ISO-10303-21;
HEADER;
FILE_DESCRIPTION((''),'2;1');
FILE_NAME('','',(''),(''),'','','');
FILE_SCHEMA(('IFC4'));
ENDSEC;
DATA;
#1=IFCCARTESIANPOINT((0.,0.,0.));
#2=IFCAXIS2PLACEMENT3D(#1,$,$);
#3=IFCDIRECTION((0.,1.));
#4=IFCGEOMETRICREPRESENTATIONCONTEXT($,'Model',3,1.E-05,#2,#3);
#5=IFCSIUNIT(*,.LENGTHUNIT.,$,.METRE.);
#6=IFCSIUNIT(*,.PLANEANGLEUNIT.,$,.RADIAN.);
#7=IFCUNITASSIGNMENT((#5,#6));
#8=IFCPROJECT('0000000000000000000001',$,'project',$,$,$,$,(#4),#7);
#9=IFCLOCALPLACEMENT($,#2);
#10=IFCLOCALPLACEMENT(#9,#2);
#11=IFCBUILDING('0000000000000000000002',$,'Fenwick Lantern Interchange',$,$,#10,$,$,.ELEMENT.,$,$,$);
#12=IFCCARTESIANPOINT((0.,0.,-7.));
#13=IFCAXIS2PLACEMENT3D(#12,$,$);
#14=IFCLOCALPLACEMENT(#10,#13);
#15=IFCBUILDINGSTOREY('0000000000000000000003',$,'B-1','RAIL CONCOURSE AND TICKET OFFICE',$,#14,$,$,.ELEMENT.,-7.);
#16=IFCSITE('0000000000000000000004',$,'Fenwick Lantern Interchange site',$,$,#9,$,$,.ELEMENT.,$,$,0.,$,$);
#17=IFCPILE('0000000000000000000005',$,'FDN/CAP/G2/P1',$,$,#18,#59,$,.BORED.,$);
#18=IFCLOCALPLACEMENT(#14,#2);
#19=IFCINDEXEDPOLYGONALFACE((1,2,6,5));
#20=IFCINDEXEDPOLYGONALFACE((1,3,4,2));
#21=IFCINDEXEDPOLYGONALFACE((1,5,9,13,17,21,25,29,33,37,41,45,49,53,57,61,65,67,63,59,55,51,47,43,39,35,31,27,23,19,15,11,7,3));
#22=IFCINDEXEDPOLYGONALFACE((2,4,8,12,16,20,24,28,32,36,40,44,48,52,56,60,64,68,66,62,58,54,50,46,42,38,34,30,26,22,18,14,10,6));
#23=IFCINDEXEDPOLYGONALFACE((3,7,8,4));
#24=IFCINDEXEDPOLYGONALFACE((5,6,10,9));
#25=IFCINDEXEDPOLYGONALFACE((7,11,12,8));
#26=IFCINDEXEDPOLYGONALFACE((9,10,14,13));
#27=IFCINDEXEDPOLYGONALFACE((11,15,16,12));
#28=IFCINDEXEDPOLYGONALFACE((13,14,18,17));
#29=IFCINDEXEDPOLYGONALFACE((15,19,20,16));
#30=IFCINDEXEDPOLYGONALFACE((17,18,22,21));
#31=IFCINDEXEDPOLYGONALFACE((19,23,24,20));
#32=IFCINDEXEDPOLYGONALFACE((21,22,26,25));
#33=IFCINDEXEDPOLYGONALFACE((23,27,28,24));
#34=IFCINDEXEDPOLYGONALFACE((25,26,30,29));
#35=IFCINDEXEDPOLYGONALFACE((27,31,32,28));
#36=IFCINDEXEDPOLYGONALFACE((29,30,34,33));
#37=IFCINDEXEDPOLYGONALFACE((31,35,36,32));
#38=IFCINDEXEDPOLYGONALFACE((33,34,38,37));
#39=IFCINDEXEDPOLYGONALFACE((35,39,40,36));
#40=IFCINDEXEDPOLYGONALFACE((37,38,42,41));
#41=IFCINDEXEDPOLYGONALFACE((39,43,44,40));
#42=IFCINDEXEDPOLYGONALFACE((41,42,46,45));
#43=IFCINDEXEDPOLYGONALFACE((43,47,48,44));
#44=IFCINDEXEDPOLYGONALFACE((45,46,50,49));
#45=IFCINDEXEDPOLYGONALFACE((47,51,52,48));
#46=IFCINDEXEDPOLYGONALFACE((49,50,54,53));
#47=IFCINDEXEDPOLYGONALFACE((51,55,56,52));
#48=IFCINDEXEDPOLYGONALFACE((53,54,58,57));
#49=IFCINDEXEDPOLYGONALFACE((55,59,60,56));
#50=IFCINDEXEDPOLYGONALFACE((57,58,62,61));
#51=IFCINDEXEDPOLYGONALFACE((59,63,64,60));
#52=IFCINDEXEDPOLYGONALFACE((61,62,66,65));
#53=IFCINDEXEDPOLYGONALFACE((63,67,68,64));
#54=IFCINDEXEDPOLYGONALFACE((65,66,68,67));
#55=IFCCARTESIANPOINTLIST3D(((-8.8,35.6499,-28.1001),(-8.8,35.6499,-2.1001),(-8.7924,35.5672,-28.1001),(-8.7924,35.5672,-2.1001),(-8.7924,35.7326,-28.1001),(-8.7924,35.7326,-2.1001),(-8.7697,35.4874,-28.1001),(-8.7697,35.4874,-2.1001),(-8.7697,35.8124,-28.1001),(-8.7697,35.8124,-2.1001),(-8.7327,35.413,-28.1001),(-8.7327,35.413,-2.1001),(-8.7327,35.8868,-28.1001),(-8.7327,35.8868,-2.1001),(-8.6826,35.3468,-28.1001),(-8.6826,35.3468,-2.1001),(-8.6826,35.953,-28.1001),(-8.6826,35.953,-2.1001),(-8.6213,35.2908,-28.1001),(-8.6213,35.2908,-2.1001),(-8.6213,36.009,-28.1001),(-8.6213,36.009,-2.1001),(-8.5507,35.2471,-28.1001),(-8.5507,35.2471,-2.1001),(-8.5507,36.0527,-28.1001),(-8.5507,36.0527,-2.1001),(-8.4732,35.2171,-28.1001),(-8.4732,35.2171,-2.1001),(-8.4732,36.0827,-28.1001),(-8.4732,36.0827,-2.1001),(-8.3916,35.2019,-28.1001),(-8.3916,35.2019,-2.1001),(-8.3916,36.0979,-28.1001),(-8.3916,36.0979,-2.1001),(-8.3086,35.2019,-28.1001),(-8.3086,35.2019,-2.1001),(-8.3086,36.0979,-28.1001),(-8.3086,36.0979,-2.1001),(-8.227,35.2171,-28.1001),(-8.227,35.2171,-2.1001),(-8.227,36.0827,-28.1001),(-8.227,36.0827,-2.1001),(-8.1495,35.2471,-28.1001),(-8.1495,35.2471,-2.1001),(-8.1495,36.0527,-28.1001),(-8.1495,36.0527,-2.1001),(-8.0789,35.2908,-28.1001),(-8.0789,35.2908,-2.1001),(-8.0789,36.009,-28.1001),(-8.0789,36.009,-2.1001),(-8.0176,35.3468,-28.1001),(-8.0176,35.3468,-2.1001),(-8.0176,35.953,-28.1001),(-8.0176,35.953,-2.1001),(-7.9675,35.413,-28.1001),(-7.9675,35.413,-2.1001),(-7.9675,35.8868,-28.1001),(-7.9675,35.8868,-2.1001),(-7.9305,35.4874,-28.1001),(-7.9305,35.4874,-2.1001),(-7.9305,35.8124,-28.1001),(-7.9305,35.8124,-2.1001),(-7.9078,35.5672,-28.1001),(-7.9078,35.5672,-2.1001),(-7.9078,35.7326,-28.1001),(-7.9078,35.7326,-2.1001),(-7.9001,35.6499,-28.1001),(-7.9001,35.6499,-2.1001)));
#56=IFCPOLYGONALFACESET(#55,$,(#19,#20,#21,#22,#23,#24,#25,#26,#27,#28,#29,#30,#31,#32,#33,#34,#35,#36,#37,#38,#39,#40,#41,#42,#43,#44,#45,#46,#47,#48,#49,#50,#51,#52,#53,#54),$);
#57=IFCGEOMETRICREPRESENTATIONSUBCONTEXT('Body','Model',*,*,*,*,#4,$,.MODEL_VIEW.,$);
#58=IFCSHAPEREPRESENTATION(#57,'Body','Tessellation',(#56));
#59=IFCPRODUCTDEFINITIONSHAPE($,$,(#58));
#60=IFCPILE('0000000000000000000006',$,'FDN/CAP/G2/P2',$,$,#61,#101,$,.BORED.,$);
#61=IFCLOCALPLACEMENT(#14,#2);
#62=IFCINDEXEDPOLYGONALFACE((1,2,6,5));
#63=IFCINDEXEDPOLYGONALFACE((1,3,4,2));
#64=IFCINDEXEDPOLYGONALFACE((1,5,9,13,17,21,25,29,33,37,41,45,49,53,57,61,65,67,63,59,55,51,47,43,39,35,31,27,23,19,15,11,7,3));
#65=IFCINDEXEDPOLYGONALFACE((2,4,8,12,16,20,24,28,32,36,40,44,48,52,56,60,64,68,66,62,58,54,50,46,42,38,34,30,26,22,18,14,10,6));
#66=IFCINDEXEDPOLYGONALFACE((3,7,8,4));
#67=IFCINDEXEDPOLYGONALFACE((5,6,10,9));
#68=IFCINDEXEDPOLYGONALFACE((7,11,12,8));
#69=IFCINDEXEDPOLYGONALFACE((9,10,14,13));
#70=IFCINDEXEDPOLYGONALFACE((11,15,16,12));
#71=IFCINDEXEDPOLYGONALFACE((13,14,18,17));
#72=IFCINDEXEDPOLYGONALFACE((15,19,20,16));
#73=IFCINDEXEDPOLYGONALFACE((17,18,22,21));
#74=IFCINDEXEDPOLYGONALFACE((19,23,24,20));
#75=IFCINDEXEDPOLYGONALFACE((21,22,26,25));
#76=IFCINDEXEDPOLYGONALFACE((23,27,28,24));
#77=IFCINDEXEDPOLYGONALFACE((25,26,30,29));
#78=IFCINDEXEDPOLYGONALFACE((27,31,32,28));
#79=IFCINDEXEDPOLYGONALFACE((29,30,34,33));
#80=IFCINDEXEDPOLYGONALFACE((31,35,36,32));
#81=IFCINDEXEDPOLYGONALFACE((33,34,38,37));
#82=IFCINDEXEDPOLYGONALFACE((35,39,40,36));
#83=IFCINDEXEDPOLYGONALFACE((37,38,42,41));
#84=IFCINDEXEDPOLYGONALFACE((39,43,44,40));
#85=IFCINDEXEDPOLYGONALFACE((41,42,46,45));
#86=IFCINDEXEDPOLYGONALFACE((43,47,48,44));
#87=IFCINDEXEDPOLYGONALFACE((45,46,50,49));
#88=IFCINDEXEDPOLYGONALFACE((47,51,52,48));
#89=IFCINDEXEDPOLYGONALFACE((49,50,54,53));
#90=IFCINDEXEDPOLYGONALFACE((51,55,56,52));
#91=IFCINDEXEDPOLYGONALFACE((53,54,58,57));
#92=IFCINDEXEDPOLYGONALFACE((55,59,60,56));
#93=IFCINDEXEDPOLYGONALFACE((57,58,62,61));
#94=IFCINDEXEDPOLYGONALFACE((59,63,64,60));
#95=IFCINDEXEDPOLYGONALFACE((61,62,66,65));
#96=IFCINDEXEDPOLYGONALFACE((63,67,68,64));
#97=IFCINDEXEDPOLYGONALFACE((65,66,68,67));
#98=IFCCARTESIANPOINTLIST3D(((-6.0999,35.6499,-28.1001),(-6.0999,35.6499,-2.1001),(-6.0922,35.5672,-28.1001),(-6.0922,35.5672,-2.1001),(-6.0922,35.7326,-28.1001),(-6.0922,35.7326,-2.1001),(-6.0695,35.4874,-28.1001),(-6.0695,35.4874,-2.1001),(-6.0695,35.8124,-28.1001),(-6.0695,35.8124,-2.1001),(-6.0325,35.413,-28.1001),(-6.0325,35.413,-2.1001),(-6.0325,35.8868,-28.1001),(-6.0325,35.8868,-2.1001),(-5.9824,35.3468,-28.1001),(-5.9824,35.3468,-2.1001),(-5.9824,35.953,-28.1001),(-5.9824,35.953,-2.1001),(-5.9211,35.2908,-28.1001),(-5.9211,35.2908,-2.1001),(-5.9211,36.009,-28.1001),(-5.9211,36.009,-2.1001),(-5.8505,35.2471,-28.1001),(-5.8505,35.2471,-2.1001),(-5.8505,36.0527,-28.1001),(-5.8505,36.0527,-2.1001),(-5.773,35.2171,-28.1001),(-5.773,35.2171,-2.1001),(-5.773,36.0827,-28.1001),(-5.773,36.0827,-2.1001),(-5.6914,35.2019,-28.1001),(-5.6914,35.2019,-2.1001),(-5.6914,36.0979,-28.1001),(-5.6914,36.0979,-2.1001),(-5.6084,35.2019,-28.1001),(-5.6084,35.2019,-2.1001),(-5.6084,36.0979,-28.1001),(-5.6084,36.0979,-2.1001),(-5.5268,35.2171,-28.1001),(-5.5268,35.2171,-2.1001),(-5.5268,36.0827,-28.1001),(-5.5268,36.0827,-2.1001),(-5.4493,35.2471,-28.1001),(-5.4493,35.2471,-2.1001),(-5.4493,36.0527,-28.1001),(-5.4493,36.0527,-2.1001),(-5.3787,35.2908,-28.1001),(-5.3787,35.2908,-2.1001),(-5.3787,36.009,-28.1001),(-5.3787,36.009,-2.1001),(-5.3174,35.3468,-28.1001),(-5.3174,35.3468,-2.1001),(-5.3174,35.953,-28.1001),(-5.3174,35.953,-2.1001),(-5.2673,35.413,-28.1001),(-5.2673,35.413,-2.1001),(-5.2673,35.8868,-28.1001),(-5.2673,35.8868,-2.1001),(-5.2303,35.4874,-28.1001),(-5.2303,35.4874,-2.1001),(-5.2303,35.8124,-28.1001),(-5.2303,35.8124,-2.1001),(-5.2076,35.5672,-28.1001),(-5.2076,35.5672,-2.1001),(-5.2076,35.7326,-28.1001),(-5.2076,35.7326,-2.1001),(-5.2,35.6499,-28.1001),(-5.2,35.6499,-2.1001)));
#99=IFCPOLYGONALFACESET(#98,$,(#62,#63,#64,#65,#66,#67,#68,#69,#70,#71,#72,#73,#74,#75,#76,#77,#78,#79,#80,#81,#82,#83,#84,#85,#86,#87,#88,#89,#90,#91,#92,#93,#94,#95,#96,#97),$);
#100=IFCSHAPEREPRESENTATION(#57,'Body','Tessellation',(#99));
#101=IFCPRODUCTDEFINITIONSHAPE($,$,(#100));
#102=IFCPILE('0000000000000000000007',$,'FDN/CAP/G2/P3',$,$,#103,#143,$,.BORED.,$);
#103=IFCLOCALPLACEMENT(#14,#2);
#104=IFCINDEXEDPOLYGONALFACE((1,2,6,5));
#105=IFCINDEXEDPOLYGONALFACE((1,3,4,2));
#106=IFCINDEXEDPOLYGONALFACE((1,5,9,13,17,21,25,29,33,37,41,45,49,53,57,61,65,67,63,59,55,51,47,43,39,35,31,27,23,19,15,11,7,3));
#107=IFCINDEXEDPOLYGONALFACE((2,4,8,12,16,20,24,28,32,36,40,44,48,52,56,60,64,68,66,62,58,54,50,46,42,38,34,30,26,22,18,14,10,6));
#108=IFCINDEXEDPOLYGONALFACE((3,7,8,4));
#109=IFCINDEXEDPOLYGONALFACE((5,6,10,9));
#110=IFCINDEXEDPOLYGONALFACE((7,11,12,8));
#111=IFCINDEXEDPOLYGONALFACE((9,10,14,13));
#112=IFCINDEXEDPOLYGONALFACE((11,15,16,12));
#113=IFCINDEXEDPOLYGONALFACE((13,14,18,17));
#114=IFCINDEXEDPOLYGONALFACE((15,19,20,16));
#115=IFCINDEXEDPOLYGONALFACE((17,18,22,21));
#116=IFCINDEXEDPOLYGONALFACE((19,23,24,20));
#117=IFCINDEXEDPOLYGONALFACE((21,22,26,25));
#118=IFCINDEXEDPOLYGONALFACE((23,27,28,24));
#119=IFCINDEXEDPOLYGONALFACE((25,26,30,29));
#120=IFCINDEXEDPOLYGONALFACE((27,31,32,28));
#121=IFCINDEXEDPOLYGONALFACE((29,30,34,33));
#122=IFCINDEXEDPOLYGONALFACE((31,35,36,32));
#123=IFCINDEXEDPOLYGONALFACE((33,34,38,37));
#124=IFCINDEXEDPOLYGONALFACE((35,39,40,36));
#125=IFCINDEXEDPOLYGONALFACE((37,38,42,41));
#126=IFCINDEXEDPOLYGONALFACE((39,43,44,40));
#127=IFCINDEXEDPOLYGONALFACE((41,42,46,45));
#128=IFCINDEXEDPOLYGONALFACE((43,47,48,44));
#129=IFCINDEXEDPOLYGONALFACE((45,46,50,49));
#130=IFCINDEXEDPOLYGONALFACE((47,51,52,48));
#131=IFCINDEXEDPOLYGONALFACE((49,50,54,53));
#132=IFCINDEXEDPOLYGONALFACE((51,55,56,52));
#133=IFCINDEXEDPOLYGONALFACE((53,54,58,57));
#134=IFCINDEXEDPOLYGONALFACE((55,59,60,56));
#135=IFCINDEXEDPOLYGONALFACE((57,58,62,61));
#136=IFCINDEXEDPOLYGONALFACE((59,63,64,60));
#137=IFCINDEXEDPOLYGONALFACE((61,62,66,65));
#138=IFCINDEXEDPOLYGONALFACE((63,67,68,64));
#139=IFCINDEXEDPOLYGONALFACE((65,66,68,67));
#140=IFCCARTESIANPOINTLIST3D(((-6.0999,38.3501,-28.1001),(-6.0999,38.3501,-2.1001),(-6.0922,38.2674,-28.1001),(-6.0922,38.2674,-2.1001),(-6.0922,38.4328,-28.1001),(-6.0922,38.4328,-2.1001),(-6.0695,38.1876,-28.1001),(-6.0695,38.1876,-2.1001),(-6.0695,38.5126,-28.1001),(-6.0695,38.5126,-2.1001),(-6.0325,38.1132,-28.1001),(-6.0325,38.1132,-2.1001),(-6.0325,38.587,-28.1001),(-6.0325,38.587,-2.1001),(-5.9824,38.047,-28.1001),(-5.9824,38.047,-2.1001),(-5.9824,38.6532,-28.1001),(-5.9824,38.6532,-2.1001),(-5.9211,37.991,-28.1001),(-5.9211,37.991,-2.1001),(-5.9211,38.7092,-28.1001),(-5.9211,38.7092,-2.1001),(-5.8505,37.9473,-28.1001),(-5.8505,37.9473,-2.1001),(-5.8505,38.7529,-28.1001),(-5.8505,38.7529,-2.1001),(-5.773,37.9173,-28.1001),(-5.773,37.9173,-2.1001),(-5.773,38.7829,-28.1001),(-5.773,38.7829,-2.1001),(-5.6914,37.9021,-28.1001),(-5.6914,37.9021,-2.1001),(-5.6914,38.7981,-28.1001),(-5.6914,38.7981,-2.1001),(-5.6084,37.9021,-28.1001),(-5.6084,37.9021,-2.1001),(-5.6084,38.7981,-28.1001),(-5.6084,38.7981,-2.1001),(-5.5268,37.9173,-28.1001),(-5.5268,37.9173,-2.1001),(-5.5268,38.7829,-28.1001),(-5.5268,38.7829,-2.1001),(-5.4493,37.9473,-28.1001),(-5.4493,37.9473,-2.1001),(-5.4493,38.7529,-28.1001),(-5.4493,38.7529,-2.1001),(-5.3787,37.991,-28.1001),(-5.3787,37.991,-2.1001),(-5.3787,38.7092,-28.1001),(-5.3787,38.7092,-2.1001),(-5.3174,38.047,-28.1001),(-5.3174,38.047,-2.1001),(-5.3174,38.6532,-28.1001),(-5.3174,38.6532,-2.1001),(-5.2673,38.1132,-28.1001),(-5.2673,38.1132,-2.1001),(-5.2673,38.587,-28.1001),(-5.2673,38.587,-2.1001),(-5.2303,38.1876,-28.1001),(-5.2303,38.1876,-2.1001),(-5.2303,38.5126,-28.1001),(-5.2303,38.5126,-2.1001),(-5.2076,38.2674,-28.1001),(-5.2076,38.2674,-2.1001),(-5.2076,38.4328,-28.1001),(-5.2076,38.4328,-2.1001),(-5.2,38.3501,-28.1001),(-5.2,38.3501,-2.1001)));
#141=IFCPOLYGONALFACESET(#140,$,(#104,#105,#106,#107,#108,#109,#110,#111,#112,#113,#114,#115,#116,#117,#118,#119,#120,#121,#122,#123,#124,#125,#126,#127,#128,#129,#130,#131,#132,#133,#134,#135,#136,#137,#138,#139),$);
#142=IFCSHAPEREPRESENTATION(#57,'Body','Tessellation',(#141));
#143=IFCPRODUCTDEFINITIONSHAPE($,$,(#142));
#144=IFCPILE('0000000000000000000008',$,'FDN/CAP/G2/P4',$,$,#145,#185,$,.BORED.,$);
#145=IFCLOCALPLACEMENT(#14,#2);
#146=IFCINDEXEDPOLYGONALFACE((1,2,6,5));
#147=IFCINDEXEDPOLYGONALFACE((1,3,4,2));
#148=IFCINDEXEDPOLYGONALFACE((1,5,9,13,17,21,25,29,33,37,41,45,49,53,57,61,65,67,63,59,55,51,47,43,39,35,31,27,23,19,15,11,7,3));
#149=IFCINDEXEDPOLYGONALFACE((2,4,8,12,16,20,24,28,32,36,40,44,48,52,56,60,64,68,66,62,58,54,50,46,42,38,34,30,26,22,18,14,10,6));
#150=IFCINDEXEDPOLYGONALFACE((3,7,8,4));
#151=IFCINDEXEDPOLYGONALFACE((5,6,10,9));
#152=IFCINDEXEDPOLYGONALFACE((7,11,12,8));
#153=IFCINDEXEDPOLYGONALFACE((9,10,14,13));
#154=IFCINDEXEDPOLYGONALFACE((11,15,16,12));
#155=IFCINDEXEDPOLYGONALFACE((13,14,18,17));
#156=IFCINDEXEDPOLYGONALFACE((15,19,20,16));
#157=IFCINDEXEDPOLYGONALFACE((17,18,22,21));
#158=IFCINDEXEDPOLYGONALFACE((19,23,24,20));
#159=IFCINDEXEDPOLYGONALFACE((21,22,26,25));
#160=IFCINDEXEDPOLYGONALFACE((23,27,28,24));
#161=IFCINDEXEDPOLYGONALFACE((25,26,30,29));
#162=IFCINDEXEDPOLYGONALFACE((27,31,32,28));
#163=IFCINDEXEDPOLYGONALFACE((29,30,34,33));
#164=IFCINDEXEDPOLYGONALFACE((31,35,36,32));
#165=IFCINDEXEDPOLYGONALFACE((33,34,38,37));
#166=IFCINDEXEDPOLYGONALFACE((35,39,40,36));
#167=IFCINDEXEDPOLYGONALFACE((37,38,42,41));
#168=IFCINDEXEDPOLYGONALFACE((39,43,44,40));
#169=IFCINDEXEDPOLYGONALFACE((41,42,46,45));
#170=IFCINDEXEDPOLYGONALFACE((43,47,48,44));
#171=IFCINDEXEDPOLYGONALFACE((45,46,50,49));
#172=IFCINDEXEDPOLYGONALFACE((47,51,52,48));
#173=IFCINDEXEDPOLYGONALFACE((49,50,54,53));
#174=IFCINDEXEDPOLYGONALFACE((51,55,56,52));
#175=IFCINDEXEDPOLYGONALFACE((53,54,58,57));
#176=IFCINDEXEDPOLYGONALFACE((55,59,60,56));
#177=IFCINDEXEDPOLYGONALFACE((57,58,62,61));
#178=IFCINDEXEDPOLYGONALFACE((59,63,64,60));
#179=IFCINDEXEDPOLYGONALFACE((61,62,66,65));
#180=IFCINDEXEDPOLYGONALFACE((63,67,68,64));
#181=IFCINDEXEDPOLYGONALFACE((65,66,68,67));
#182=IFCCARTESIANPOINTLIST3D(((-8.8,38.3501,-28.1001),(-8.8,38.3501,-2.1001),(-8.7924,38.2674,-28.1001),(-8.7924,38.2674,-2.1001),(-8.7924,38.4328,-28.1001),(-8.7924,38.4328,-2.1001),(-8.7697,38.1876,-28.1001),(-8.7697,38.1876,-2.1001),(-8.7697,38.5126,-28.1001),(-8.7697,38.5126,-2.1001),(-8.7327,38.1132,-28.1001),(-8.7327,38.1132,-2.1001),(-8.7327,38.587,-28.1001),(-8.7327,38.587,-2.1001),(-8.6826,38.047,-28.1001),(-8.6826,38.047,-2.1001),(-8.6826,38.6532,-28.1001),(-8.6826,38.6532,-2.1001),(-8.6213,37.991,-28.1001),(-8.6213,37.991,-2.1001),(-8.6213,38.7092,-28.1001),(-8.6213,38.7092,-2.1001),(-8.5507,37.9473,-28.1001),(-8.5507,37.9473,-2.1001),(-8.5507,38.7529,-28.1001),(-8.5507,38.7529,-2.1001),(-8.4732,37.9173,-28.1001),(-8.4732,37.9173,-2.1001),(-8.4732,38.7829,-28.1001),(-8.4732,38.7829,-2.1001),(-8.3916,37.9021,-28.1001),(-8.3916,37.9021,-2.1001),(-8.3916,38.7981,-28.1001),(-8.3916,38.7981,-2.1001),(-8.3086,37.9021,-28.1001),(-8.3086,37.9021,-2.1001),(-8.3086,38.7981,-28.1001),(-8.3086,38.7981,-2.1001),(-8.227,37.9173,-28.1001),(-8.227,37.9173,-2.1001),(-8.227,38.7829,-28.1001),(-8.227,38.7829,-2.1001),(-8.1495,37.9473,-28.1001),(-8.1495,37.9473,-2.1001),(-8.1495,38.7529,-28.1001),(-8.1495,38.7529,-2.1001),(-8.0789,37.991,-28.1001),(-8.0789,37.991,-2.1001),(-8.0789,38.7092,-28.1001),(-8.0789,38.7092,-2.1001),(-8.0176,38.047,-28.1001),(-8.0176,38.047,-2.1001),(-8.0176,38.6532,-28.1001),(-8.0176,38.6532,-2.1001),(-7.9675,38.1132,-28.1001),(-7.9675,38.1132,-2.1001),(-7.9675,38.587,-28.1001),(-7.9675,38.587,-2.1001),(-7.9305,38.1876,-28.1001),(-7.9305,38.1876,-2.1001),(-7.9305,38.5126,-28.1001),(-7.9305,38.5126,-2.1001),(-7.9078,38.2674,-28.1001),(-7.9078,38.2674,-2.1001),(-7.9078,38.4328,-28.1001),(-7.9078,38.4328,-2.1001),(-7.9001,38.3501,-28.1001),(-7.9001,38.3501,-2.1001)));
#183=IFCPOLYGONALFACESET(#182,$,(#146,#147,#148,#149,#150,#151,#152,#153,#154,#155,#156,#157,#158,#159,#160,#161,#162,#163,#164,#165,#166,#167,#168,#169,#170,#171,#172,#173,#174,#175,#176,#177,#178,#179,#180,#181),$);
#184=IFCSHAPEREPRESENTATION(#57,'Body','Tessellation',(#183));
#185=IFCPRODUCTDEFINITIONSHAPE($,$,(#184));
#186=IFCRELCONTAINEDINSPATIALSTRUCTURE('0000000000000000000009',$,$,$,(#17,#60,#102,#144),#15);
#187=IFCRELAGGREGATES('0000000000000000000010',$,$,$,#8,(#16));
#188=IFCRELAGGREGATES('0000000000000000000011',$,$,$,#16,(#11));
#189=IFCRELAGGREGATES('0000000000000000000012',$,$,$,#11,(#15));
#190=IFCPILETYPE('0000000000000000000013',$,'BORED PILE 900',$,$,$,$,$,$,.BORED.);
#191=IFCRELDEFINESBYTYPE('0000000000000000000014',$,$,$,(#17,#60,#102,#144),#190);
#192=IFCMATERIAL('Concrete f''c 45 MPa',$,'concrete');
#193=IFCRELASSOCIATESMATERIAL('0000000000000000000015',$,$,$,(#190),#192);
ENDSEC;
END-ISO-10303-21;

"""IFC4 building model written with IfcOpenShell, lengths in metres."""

from ifc_helpers import new_model, si_unit, direction, frame, origin, origin_2d, place, context, subcontext, project, spatial, circle, extrude, material, type_object, element, save


model = new_model("IFC4")

# Units and contexts
model_context = context("Model", 3, precision=1e-05, world=origin(), true_north=direction((0.0, 1.0)))
body_context = subcontext(model_context, "Body", "Model", "MODEL_VIEW")
ifc_project = project(units=[si_unit("LENGTHUNIT", "METRE"), si_unit("PLANEANGLEUNIT", "RADIAN")], contexts=[model_context])

# Site, building, storey
site_placement = place(None, origin())
site = spatial("IfcSite", under=ifc_project, at=site_placement, Name="Fenwick Lantern Interchange site", CompositionType="ELEMENT", RefElevation=0.0)
building_placement = place(site_placement, origin())
building = spatial("IfcBuilding", under=site, at=building_placement, Name="Fenwick Lantern Interchange", CompositionType="ELEMENT")
storey_placement = place(building_placement, frame((0.0, 0.0, -7.0)))
storey = spatial("IfcBuildingStorey", under=building, at=storey_placement, Name="B-1", Description="RAIL CONCOURSE AND TICKET OFFICE", CompositionType="ELEMENT", Elevation=-7.0)

# Piles
ifc_material_1 = material(Name="Concrete f'c 45 MPa", Category="concrete")
pile_type_1 = type_object("IfcPileType", Name="BORED PILE 900", PredefinedType="BORED", material=ifc_material_1)
for number, where, z_axis, x_axis, name in (
    (1, (-8.3501, 35.6499, -2.1001), (0.0, 0.0, -1.0), (1.0, 0.0, 0.0), "FDN/CAP/G2/P1"),
    (2, (-5.6499, 35.6499, -2.1001), (0.0, 0.0, -1.0), (1.0, 0.0, 0.0), "FDN/CAP/G2/P2"),
    (3, (-5.6499, 38.3501, -2.1001), (0.0, 0.0, -1.0), (1.0, 0.0, 0.0), "FDN/CAP/G2/P3"),
    (4, (-8.3501, 38.3501, -2.1001), (0.0, 0.0, -1.0), (1.0, 0.0, 0.0), "FDN/CAP/G2/P4"),
):
    element("IfcPile", number, at=place(storey_placement, frame(where, z_axis=z_axis, x_axis=x_axis)), inside=storey, type_object=pile_type_1, Name=name, PredefinedType="BORED", context=body_context, shape_type="SweptSolid", body=[
        extrude(circle(Radius=0.45, at=origin_2d()), origin(), (0.0, 0.0, 1.0), 26.0),
    ])

save(model, "model.ifc")
